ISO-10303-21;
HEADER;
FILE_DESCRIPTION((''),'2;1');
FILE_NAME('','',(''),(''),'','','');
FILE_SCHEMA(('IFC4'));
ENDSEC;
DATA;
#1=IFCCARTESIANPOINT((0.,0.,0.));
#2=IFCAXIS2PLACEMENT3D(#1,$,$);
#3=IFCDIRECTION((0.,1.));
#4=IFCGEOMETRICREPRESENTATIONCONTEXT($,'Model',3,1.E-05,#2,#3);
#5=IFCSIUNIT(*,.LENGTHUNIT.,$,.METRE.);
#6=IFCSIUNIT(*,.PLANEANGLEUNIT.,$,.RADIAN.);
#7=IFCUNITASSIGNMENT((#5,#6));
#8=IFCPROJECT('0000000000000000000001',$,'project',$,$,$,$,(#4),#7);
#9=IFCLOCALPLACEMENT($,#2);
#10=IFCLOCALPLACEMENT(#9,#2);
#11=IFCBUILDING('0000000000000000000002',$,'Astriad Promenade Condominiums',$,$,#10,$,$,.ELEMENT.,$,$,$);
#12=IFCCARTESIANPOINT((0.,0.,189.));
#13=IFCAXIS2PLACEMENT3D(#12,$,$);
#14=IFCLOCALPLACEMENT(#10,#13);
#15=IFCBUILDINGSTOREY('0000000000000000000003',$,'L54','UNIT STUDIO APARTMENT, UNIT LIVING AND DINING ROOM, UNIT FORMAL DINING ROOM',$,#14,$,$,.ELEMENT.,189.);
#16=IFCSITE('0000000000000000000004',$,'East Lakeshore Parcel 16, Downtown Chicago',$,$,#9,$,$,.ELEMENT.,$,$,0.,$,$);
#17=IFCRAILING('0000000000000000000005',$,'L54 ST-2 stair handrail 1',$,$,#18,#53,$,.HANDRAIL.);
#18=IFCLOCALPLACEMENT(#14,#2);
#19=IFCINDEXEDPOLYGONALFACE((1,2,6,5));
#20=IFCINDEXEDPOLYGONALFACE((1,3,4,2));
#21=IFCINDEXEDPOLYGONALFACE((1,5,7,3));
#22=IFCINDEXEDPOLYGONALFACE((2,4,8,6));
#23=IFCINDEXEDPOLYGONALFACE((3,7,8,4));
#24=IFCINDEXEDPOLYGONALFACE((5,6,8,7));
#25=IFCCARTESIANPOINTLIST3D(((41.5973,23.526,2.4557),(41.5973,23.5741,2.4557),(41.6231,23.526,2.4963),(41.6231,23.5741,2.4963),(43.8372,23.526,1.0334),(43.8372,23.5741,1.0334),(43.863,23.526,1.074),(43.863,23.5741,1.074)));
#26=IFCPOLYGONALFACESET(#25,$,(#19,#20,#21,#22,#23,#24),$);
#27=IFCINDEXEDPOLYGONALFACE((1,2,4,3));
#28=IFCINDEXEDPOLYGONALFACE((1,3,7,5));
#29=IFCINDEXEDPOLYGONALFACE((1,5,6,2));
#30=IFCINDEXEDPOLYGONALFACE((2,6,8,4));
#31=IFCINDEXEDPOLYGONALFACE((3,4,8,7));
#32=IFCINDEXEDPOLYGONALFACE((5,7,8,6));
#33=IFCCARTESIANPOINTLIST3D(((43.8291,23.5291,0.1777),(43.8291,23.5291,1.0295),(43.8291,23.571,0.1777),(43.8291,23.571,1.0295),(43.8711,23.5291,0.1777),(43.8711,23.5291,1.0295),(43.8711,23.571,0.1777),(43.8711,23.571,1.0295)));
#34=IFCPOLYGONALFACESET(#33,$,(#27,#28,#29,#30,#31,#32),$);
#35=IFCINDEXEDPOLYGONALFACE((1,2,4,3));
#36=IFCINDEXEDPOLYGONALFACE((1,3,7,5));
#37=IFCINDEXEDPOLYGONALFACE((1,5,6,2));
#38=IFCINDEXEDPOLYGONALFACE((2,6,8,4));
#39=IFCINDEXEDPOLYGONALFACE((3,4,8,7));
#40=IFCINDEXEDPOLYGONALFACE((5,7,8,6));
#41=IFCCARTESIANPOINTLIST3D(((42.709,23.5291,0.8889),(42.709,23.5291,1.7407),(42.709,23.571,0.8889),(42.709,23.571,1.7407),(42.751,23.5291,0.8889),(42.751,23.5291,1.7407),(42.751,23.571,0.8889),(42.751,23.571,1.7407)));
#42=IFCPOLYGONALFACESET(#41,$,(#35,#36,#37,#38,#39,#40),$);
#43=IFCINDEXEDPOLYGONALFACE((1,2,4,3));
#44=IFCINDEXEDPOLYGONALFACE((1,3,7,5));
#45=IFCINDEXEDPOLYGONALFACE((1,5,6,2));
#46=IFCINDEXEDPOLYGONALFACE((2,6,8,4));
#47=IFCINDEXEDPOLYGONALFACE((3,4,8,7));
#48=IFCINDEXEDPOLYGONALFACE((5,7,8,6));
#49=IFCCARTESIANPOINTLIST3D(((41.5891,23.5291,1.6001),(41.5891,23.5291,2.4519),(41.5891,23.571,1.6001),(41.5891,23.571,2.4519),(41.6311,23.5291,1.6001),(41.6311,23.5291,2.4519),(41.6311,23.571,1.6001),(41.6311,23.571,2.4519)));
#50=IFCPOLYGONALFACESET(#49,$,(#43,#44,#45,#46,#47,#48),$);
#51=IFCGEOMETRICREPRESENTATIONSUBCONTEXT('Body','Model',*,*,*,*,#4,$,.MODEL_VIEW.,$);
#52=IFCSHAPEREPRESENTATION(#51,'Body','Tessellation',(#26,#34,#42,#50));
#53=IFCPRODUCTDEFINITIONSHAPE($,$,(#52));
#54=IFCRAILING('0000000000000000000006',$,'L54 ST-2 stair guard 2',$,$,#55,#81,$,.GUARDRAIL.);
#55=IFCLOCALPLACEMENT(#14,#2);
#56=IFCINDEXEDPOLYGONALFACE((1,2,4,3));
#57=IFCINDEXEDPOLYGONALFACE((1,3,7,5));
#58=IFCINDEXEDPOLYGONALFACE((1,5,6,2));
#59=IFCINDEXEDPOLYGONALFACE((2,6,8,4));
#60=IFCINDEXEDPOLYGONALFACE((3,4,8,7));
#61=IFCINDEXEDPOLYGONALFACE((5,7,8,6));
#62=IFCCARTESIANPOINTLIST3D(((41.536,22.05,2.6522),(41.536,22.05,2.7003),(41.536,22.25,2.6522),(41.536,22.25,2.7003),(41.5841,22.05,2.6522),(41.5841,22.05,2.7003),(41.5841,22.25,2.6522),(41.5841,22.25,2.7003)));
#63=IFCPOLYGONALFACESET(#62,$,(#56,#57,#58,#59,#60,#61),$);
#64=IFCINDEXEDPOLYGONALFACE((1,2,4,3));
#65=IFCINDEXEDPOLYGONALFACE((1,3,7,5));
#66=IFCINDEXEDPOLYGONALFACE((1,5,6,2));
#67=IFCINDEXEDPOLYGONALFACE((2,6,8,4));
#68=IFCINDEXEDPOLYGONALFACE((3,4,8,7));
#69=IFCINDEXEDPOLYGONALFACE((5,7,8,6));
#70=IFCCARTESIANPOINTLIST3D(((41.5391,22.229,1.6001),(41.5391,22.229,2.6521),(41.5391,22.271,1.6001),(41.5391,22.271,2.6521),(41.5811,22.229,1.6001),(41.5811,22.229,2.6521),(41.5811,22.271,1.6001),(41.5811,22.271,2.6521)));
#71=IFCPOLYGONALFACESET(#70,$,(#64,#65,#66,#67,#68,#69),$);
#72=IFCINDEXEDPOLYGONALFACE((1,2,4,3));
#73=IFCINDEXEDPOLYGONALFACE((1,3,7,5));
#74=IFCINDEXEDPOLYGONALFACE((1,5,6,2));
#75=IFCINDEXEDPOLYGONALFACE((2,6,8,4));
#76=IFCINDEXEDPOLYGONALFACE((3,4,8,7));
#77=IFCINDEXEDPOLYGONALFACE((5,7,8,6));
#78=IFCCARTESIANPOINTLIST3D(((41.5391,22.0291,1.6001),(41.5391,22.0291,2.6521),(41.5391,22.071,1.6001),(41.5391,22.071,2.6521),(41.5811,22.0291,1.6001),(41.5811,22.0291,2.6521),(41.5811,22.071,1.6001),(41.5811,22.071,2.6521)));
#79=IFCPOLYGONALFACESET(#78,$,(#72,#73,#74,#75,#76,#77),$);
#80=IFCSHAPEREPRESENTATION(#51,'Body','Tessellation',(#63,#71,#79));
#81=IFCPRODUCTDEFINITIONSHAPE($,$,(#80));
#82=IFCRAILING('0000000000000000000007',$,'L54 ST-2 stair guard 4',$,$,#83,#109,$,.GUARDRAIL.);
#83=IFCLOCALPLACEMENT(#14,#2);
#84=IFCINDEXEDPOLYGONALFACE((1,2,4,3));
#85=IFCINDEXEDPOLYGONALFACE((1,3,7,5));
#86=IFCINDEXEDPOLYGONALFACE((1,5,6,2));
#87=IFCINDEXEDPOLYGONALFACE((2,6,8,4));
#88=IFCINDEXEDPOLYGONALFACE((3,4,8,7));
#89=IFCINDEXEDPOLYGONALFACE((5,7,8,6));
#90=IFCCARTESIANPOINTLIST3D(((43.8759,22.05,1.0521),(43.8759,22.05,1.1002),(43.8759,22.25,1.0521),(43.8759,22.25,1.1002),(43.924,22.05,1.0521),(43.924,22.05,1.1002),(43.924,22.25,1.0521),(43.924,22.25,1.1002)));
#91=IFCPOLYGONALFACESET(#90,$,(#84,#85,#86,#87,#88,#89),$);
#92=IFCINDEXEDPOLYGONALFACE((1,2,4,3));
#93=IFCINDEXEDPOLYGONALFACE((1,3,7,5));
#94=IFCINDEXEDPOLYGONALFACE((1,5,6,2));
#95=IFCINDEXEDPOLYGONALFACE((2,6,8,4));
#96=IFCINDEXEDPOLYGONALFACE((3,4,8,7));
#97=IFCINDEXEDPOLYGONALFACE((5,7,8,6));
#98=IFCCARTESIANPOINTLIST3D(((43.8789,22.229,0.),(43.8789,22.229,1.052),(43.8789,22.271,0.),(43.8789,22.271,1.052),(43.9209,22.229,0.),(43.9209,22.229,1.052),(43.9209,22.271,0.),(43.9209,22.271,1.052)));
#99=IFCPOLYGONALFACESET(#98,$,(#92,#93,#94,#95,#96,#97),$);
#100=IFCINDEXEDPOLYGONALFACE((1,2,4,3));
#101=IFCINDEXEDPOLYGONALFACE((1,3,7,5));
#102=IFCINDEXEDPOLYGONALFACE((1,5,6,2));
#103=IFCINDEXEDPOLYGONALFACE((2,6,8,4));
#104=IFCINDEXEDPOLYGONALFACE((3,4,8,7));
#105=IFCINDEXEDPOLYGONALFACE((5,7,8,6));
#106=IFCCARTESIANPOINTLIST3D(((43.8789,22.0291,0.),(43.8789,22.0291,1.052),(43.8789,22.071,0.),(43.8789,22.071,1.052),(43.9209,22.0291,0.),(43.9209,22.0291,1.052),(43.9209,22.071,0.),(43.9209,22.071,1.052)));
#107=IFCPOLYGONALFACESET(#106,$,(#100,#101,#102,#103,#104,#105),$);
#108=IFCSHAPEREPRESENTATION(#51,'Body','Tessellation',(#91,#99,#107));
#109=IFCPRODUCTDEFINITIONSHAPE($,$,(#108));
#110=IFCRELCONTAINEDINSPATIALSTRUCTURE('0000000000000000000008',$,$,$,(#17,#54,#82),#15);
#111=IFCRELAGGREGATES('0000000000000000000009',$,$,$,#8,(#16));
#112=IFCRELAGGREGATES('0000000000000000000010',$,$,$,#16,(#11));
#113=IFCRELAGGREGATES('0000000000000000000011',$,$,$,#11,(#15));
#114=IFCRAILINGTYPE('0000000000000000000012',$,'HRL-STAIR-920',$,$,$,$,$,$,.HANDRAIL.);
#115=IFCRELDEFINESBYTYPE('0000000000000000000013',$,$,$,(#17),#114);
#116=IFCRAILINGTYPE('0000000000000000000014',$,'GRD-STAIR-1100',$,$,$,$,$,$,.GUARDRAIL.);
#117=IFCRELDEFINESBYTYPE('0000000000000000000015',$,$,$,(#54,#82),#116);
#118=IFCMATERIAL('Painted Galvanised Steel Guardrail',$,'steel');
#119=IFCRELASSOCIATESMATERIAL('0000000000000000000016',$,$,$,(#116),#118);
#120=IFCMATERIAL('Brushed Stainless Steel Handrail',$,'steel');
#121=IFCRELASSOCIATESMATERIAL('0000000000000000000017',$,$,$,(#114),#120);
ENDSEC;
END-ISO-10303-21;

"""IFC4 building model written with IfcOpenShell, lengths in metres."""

from ifc_helpers import new_model, si_unit, direction, frame, origin, origin_2d, place, context, subcontext, project, spatial, rectangle, extrude, source, transform, mapped, material, type_object, element, save


model = new_model("IFC4")

# Units and contexts
model_context = context("Model", 3, precision=1e-05, world=origin(), true_north=direction((0.0, 1.0)))
body_context = subcontext(model_context, "Body", "Model", "MODEL_VIEW")
ifc_project = project(units=[si_unit("LENGTHUNIT", "METRE"), si_unit("PLANEANGLEUNIT", "RADIAN")], contexts=[model_context])

# Site, building, storey
site_placement = place(None, origin())
site = spatial("IfcSite", under=ifc_project, at=site_placement, Name="East Lakeshore Parcel 16, Downtown Chicago", CompositionType="ELEMENT", RefElevation=0.0)
building_placement = place(site_placement, origin())
building = spatial("IfcBuilding", under=site, at=building_placement, Name="Astriad Promenade Condominiums", CompositionType="ELEMENT")
storey_placement = place(building_placement, frame((0.0, 0.0, 189.0)))
storey = spatial("IfcBuildingStorey", under=building, at=storey_placement, Name="L54", Description="UNIT STUDIO APARTMENT, UNIT LIVING AND DINING ROOM, UNIT FORMAL DINING ROOM", CompositionType="ELEMENT", Elevation=189.0)

# Railings
ifc_material_1 = material(Name="Painted Galvanised Steel Guardrail", Category="steel")
railing_type_1 = type_object("IfcRailingType", Name="GRD-STAIR-1100", PredefinedType="GUARDRAIL", material=ifc_material_1)
ifc_material_2 = material(Name="Brushed Stainless Steel Handrail", Category="steel")
railing_type_2 = type_object("IfcRailingType", Name="HRL-STAIR-920", PredefinedType="HANDRAIL", material=ifc_material_2)
shared_shape_1 = source(origin(), body_context, "Body", "SweptSolid", [
    extrude(rectangle(XDim=0.0481, YDim=0.0481, at=origin_2d()), frame((0.0, 0.0, 0.876), z_axis=(-0.844188, 0.0, 0.536048), x_axis=(0.0, -1.0, 0.0)), (0.0, 0.0, 1.0), 2.6533),
    extrude(rectangle(XDim=0.042, YDim=0.042, at=origin_2d()), origin(), (0.0, 0.0, 1.0), 0.8518),
    extrude(rectangle(XDim=0.042, YDim=0.042, at=origin_2d()), frame((-1.1201, 0.0, 0.7112)), (0.0, 0.0, 1.0), 0.8518),
    extrude(rectangle(XDim=0.042, YDim=0.042, at=origin_2d()), frame((-2.24, 0.0, 1.4224)), (0.0, 0.0, 1.0), 0.8518),
])
railing_1_placement = place(storey_placement, frame((43.8501, 23.55, 0.1777)))
element("IfcRailing", 1, at=railing_1_placement, inside=storey, type_object=railing_type_2, Name="L54 ST-2 stair handrail 1", PredefinedType="HANDRAIL", context=body_context, shape_type="MappedRepresentation", body=[
    mapped(shared_shape_1, transform((0.0, 0.0, 0.0), scale=1.0)),
])
shared_shape_2 = source(origin(), body_context, "Body", "SweptSolid", [
    extrude(rectangle(XDim=0.0481, YDim=0.0481, at=origin_2d()), frame((0.0, 0.0, 1.0762), z_axis=(0.0, -1.0, 0.0), x_axis=(1.0, 0.0, 0.0)), (0.0, 0.0, 1.0), 0.2),
    extrude(rectangle(XDim=0.042, YDim=0.042, at=origin_2d()), origin(), (0.0, 0.0, 1.0), 1.052),
    extrude(rectangle(XDim=0.042, YDim=0.042, at=origin_2d()), frame((0.0, -0.2, 0.0)), (0.0, 0.0, 1.0), 1.052),
])
for number, where, name in (
    (2, (41.5601, 22.25, 1.6001), "L54 ST-2 stair guard 2"),
    (3, (43.8999, 22.25, 0.0), "L54 ST-2 stair guard 4"),
):
    element("IfcRailing", number, at=place(storey_placement, frame(where)), inside=storey, type_object=railing_type_1, Name=name, PredefinedType="GUARDRAIL", context=body_context, shape_type="MappedRepresentation", body=[
        mapped(shared_shape_2, transform((0.0, 0.0, 0.0), scale=1.0)),
    ])

save(model, "model.ifc")
